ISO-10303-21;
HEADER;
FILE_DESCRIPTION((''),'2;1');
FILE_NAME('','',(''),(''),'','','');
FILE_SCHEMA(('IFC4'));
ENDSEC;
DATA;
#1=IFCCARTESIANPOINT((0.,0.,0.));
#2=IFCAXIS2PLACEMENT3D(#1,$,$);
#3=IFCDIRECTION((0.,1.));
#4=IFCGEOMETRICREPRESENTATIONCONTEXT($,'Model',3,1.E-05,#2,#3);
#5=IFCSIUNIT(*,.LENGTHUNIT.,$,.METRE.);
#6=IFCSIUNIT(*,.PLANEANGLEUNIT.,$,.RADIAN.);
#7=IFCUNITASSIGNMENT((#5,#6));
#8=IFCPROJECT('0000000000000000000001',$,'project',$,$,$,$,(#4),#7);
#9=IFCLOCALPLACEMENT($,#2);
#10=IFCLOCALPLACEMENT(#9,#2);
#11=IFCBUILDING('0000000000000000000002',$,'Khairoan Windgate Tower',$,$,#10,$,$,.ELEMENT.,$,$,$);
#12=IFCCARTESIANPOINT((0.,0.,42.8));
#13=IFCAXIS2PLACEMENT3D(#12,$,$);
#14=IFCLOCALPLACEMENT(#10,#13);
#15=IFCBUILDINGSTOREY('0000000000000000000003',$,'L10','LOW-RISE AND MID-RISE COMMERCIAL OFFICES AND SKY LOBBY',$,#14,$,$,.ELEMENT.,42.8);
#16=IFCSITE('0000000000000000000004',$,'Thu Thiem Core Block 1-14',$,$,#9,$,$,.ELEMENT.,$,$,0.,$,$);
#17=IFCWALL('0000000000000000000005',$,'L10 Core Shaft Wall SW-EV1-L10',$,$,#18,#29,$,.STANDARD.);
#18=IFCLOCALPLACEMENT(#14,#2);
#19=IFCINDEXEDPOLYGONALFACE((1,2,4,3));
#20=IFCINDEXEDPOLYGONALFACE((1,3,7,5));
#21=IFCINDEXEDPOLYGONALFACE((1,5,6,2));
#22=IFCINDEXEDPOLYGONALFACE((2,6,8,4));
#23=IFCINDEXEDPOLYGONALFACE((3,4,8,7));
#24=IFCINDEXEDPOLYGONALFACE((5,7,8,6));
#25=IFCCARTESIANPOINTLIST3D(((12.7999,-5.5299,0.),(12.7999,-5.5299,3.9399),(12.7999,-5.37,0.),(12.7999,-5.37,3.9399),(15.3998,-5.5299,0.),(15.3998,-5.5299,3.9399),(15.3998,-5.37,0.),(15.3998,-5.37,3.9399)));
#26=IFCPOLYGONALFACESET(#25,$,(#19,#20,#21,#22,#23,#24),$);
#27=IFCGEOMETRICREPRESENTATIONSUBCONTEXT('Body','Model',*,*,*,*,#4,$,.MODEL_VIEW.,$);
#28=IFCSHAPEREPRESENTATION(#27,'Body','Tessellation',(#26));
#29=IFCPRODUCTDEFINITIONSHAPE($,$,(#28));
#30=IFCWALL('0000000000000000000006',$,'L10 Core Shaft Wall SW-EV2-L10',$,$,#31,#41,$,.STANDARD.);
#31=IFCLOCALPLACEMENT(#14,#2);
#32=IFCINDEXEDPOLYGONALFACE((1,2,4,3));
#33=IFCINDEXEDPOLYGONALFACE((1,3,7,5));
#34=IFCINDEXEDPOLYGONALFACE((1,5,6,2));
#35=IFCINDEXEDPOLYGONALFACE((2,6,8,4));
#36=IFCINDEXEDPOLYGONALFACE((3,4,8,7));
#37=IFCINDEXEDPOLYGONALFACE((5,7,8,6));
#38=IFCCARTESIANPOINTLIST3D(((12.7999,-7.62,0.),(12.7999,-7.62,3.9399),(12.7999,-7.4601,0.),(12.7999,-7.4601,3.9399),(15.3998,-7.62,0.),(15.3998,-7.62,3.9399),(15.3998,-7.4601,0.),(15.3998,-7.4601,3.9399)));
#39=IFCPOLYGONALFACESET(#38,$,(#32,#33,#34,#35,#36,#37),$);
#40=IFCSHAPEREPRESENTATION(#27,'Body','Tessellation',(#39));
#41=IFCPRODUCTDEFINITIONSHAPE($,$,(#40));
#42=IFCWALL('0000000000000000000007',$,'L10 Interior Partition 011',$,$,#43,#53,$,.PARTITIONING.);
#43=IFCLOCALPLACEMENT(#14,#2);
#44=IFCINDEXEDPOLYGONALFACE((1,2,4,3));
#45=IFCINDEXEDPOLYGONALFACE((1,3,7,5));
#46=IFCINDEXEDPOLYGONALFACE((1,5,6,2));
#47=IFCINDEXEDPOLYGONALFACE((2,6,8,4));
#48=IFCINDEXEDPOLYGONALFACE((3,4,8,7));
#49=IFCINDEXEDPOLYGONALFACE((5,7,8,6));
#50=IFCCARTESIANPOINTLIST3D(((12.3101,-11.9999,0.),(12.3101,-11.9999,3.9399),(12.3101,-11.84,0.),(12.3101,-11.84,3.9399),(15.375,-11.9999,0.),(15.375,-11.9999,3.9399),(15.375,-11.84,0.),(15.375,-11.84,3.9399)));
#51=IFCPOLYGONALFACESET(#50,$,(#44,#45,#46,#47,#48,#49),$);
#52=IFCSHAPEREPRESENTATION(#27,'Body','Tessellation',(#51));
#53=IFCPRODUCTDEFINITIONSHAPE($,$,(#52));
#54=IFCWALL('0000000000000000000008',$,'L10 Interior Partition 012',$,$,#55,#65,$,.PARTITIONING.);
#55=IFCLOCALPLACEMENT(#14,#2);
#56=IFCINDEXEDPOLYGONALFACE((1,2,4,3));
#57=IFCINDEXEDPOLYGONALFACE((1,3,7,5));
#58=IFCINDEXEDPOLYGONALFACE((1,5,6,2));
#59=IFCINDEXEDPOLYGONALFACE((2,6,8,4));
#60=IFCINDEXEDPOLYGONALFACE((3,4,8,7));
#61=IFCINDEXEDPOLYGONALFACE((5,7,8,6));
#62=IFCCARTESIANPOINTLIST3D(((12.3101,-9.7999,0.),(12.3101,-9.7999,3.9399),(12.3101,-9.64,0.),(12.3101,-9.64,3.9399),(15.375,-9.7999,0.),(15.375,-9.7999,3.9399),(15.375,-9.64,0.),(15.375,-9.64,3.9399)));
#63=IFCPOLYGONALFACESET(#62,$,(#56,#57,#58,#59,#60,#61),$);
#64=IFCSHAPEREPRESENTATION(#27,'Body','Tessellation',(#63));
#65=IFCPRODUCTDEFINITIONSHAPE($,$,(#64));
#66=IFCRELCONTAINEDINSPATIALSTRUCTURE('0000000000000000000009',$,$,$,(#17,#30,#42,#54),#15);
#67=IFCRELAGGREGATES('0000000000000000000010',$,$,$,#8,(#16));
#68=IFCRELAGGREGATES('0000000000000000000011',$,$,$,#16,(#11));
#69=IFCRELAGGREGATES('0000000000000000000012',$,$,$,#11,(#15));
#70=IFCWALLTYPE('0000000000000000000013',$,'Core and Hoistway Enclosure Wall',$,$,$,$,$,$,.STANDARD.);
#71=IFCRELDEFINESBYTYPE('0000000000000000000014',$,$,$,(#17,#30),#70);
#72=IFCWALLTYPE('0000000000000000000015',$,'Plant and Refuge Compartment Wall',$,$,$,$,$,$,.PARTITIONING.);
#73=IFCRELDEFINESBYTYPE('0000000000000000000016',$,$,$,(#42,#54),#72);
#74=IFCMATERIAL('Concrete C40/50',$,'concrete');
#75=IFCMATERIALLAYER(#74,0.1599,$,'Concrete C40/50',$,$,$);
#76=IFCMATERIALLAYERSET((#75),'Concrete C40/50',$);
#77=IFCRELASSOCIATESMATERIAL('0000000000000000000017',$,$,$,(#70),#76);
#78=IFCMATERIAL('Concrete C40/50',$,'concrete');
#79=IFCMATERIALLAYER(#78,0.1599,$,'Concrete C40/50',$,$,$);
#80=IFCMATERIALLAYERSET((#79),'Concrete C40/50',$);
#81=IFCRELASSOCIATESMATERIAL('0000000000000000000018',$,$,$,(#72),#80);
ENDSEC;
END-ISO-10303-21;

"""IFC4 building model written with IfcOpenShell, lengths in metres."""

from ifc_helpers import new_model, si_unit, direction, frame, frame_2d, origin, place, context, subcontext, project, spatial, rectangle, extrude, material, layer, layer_set, type_object, element, save


model = new_model("IFC4")

# Units and contexts
model_context = context("Model", 3, precision=1e-05, world=origin(), true_north=direction((0.0, 1.0)))
body_context = subcontext(model_context, "Body", "Model", "MODEL_VIEW")
ifc_project = project(units=[si_unit("LENGTHUNIT", "METRE"), si_unit("PLANEANGLEUNIT", "RADIAN")], contexts=[model_context])

# Site, building, storey
site_placement = place(None, origin())
site = spatial("IfcSite", under=ifc_project, at=site_placement, Name="Thu Thiem Core Block 1-14", CompositionType="ELEMENT", RefElevation=0.0)
building_placement = place(site_placement, origin())
building = spatial("IfcBuilding", under=site, at=building_placement, Name="Khairoan Windgate Tower", CompositionType="ELEMENT")
storey_placement = place(building_placement, frame((0.0, 0.0, 42.8)))
storey = spatial("IfcBuildingStorey", under=building, at=storey_placement, Name="L10", Description="LOW-RISE AND MID-RISE COMMERCIAL OFFICES AND SKY LOBBY", CompositionType="ELEMENT", Elevation=42.8)

# Shared definitions
ifc_material_1 = material(Name="Concrete C40/50", Category="concrete")
ifc_layer_1 = layer(ifc_material_1, 0.1599, Name="Concrete C40/50")
ifc_layer_set_1 = layer_set([ifc_layer_1], Name="Concrete C40/50")
wall_type_1 = type_object("IfcWallType", Name="Core and Hoistway Enclosure Wall", PredefinedType="STANDARD", material=ifc_layer_set_1)

# Walls
for number, where, z_axis, x_axis, name in (
    (1, (12.8, -5.45, 0.0), (0.0, 0.0, 1.0), (1.0, 0.0, 0.0), "L10 Core Shaft Wall SW-EV1-L10"),
    (2, (12.8, -7.54, 0.0), (0.0, 0.0, 1.0), (1.0, 0.0, 0.0), "L10 Core Shaft Wall SW-EV2-L10"),
):
    element("IfcWall", number, at=place(storey_placement, frame(where, z_axis=z_axis, x_axis=x_axis)), inside=storey, type_object=wall_type_1, Name=name, PredefinedType="STANDARD", context=body_context, shape_type="SweptSolid", body=[
        extrude(rectangle(XDim=2.5999, YDim=0.1599, at=frame_2d((1.2998, 0.0))), origin(), (0.0, 0.0, 1.0), 3.9399),
    ])
ifc_material_2 = material(Name="Concrete C40/50", Category="concrete")
ifc_layer_2 = layer(ifc_material_2, 0.1599, Name="Concrete C40/50")
ifc_layer_set_2 = layer_set([ifc_layer_2], Name="Concrete C40/50")
wall_type_2 = type_object("IfcWallType", Name="Plant and Refuge Compartment Wall", PredefinedType="PARTITIONING", material=ifc_layer_set_2)
for number, where, z_axis, x_axis, name in (
    (3, (12.3101, -11.9199, 0.0), (0.0, 0.0, 1.0), (1.0, 0.0, 0.0), "L10 Interior Partition 011"),
    (4, (12.3101, -9.72, 0.0), (0.0, 0.0, 1.0), (1.0, 0.0, 0.0), "L10 Interior Partition 012"),
):
    element("IfcWall", number, at=place(storey_placement, frame(where, z_axis=z_axis, x_axis=x_axis)), inside=storey, type_object=wall_type_2, Name=name, PredefinedType="PARTITIONING", context=body_context, shape_type="SweptSolid", body=[
        extrude(rectangle(XDim=3.0649, YDim=0.1599, at=frame_2d((1.5325, 0.0))), origin(), (0.0, 0.0, 1.0), 3.9399),
    ])

save(model, "model.ifc")
